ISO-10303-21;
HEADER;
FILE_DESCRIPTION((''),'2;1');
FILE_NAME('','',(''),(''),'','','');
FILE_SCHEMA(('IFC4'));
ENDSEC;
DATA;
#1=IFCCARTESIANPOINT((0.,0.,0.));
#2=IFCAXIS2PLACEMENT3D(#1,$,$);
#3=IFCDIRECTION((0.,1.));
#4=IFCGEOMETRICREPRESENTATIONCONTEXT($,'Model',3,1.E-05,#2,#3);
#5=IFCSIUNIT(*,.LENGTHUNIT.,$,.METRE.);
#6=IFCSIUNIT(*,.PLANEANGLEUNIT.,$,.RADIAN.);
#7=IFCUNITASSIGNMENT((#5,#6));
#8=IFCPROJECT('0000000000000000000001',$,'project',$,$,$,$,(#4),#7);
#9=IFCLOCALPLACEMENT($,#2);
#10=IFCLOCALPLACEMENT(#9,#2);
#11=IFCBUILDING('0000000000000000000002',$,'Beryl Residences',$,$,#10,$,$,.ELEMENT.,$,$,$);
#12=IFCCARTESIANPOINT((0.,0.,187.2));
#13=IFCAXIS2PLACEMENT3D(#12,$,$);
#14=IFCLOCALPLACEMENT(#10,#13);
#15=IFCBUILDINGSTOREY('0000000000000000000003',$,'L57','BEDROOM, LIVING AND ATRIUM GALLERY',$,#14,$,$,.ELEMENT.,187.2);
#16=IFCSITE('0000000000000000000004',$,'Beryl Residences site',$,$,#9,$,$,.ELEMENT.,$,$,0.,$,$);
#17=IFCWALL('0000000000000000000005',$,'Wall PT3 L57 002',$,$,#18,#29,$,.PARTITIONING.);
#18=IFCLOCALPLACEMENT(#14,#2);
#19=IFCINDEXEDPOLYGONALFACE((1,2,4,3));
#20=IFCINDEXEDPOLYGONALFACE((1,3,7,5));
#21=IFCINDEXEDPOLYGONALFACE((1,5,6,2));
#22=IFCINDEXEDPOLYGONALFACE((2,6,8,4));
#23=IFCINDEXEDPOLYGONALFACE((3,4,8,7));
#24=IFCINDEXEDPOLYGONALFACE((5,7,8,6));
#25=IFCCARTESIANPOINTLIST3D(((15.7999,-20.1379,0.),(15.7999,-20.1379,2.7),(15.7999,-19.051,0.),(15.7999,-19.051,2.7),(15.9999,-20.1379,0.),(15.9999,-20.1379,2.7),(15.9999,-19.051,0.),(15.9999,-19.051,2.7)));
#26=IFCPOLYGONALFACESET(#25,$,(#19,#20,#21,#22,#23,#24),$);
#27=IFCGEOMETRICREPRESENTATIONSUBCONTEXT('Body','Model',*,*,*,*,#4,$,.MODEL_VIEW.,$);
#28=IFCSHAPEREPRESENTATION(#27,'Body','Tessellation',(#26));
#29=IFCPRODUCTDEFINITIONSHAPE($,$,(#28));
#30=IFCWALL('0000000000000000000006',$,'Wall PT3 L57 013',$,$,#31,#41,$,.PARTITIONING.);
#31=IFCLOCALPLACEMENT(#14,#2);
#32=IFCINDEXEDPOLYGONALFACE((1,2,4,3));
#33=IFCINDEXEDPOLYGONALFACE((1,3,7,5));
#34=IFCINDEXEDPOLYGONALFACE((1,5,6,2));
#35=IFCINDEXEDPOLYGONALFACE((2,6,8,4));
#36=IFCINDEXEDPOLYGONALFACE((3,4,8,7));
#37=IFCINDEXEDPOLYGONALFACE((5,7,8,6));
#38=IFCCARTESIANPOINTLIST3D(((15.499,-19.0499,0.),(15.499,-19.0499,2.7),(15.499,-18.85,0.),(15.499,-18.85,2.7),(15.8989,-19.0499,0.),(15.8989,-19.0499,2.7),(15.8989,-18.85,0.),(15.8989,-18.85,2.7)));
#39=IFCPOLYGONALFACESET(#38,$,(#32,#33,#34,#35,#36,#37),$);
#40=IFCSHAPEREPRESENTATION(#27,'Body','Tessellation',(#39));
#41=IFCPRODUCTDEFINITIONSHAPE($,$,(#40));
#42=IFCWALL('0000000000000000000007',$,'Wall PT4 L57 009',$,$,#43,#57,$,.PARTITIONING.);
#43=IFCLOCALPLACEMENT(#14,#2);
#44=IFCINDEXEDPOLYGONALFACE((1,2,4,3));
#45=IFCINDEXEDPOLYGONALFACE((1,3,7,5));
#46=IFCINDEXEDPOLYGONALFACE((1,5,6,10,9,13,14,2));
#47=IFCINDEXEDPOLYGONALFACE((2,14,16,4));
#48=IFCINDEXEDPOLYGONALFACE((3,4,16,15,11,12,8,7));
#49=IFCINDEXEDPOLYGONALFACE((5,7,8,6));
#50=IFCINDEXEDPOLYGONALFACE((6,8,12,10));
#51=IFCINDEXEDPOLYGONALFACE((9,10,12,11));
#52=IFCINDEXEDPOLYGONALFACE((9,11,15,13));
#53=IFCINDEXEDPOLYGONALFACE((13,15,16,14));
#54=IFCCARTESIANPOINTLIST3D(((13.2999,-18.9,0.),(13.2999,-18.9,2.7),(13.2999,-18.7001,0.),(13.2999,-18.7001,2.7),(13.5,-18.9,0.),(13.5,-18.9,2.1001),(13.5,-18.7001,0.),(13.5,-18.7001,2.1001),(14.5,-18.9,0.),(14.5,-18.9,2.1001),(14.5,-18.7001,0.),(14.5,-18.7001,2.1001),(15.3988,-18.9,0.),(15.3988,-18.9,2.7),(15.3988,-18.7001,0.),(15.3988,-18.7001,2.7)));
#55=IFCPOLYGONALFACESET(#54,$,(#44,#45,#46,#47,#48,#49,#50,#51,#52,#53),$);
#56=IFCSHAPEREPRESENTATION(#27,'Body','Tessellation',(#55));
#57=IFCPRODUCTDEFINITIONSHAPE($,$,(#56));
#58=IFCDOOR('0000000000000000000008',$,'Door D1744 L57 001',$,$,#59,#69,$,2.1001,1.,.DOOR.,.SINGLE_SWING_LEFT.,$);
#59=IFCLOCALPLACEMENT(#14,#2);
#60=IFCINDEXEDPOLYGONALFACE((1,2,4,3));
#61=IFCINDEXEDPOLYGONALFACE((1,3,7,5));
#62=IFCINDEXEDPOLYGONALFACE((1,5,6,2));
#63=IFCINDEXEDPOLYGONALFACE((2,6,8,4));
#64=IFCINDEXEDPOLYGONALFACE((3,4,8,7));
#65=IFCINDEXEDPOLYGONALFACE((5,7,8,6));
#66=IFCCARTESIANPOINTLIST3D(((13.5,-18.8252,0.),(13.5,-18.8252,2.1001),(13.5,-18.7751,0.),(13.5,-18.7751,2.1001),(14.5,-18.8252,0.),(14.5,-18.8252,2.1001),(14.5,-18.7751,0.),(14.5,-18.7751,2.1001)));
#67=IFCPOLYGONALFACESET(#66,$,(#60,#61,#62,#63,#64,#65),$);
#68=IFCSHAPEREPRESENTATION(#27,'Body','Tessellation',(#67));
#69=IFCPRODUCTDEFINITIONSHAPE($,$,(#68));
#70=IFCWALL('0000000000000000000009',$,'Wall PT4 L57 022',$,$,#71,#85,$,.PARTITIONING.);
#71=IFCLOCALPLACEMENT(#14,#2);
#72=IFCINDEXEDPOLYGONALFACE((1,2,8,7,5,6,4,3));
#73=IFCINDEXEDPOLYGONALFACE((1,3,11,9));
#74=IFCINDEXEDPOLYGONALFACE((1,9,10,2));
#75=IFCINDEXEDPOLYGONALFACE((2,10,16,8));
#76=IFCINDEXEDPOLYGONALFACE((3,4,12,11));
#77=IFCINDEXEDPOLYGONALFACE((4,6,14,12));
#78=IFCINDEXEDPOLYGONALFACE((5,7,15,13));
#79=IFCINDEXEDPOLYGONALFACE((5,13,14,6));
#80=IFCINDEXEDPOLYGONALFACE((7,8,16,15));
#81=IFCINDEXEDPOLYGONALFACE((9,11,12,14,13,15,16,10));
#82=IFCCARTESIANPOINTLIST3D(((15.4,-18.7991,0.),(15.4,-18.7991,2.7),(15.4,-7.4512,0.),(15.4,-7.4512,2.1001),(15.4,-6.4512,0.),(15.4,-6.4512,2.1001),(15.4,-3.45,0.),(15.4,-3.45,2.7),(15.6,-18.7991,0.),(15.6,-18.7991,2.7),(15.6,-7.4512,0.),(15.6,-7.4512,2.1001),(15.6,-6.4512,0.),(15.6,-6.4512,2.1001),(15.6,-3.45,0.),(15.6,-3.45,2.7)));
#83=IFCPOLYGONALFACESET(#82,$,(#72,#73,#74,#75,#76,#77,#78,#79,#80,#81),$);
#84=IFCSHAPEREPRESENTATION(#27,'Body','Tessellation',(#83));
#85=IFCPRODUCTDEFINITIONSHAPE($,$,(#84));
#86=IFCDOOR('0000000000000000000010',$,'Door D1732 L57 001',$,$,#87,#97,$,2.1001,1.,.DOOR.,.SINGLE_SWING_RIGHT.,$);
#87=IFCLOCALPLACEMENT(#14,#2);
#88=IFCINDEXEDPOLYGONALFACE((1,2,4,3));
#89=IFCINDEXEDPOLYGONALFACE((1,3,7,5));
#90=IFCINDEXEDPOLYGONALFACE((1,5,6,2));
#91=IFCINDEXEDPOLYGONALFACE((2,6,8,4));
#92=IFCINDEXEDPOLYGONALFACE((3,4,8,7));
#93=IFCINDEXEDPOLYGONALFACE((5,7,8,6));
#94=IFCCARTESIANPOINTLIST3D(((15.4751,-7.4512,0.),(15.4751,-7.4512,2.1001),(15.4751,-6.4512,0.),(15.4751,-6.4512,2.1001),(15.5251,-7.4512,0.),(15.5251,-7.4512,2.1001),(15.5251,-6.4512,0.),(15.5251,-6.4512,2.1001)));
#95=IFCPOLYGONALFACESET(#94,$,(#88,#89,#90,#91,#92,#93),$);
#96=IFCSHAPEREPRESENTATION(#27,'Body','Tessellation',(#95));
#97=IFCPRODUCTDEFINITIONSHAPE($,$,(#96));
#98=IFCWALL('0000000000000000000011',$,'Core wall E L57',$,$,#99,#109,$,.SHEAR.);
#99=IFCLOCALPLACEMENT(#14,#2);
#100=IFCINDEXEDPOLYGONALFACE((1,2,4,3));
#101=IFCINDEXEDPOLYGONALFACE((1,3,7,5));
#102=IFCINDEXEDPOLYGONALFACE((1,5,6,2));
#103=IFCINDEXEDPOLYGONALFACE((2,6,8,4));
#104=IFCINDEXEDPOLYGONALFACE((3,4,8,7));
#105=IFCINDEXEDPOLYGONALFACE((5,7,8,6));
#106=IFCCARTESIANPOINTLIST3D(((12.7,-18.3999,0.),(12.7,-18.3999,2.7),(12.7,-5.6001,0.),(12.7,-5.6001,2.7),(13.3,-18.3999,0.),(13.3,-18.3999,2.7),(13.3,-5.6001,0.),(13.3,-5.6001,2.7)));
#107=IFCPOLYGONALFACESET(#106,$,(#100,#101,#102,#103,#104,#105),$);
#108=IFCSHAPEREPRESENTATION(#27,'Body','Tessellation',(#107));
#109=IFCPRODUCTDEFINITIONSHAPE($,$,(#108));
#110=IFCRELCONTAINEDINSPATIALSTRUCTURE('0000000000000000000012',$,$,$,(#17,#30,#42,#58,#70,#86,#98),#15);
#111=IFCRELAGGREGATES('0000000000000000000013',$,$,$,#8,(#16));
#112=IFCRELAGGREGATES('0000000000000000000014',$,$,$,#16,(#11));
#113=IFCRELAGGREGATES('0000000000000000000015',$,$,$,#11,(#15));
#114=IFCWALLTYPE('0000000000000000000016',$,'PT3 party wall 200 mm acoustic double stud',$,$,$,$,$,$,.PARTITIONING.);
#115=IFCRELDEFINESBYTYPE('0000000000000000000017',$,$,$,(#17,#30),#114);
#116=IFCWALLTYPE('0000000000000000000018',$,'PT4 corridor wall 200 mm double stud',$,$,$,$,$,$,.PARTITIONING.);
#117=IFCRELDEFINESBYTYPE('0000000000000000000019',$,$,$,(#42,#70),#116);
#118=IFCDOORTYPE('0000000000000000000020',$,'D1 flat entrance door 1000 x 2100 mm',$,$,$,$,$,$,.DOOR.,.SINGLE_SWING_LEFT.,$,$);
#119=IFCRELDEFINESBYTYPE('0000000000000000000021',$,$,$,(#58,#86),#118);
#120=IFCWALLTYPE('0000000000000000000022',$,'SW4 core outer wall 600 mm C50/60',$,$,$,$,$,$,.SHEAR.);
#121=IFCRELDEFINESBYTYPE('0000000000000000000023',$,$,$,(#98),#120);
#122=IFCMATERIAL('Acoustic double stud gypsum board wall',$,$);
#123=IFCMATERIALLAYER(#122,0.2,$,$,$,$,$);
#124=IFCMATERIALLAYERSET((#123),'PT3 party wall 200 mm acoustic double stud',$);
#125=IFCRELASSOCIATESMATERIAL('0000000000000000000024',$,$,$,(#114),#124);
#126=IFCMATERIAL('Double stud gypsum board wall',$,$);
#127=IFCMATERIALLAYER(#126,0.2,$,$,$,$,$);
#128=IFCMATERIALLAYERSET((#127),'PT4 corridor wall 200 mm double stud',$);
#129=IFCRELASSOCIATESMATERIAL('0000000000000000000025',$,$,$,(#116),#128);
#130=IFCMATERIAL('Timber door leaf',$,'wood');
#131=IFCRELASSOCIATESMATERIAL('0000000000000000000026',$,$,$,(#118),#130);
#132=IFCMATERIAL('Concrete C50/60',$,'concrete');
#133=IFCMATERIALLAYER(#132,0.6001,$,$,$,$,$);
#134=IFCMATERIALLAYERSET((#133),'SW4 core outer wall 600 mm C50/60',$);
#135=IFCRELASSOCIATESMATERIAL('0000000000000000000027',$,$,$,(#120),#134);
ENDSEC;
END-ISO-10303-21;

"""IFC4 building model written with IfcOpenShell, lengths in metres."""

from ifc_helpers import new_model, si_unit, direction, frame, frame_2d, origin, place, context, subcontext, project, spatial, rectangle, extrude, material, layer, layer_set, type_object, element, fill, save


model = new_model("IFC4")

# Units and contexts
model_context = context("Model", 3, precision=1e-05, world=origin(), true_north=direction((0.0, 1.0)))
body_context = subcontext(model_context, "Body", "Model", "MODEL_VIEW")
ifc_project = project(units=[si_unit("LENGTHUNIT", "METRE"), si_unit("PLANEANGLEUNIT", "RADIAN")], contexts=[model_context])

# Site, building, storey
site_placement = place(None, origin())
site = spatial("IfcSite", under=ifc_project, at=site_placement, Name="Beryl Residences site", CompositionType="ELEMENT", RefElevation=0.0)
building_placement = place(site_placement, origin())
building = spatial("IfcBuilding", under=site, at=building_placement, Name="Beryl Residences", CompositionType="ELEMENT")
storey_placement = place(building_placement, frame((0.0, 0.0, 187.2)))
storey = spatial("IfcBuildingStorey", under=building, at=storey_placement, Name="L57", Description="BEDROOM, LIVING AND ATRIUM GALLERY", CompositionType="ELEMENT", Elevation=187.2)

# Walls
ifc_material_1 = material(Name="Acoustic double stud gypsum board wall")
ifc_layer_1 = layer(ifc_material_1, 0.2)
ifc_layer_set_1 = layer_set([ifc_layer_1], Name="PT3 party wall 200 mm acoustic double stud")
wall_type_1 = type_object("IfcWallType", Name="PT3 party wall 200 mm acoustic double stud", PredefinedType="PARTITIONING", material=ifc_layer_set_1)
wall_1_placement = place(storey_placement, frame((15.8999, -19.051, 0.0), z_axis=(0.0, 0.0, 1.0), x_axis=(0.0, -1.0, 0.0)))
element("IfcWall", 1, at=wall_1_placement, inside=storey, type_object=wall_type_1, Name="Wall PT3 L57 002", PredefinedType="PARTITIONING", context=body_context, shape_type="SweptSolid", body=[
    extrude(rectangle(XDim=1.0869, YDim=0.2, at=frame_2d((0.5435, 0.0))), origin(), (0.0, 0.0, 1.0), 2.7),
])
wall_2_placement = place(storey_placement, frame((15.499, -18.95, 0.0), z_axis=(0.0, 0.0, 1.0), x_axis=(1.0, 0.0, 0.0)))
element("IfcWall", 2, at=wall_2_placement, inside=storey, type_object=wall_type_1, Name="Wall PT3 L57 013", PredefinedType="PARTITIONING", context=body_context, shape_type="SweptSolid", body=[
    extrude(rectangle(XDim=0.3999, YDim=0.2, at=frame_2d((0.2, 0.0))), origin(), (0.0, 0.0, 1.0), 2.7),
])

# Walls, openings, doors
ifc_material_2 = material(Name="Double stud gypsum board wall")
ifc_layer_2 = layer(ifc_material_2, 0.2)
ifc_layer_set_2 = layer_set([ifc_layer_2], Name="PT4 corridor wall 200 mm double stud")
wall_type_2 = type_object("IfcWallType", Name="PT4 corridor wall 200 mm double stud", PredefinedType="PARTITIONING", material=ifc_layer_set_2)
wall_3_placement = place(storey_placement, frame((13.3, -18.8, 0.0), z_axis=(0.0, 0.0, 1.0), x_axis=(1.0, 0.0, 0.0)))
wall_3 = element("IfcWall", 3, at=wall_3_placement, inside=storey, type_object=wall_type_2, Name="Wall PT4 L57 009", PredefinedType="PARTITIONING", context=body_context, shape_type="SweptSolid", body=[
    extrude(rectangle(XDim=2.0989, YDim=0.2, at=frame_2d((1.0493, 0.0))), origin(), (0.0, 0.0, 1.0), 2.7),
])
opening_1_placement = place(wall_3_placement, frame((0.2, 0.0, 0.0)))
opening_1 = element("IfcOpeningElement", 4, at=opening_1_placement, cuts=wall_3, PredefinedType="OPENING", context=body_context, shape_type="SweptSolid", body=[
    extrude(rectangle(XDim=1.0, YDim=2.1001, at=frame_2d((0.5, 1.05))), frame((0.0, 0.1099, 0.0), z_axis=(0.0, -1.0, 0.0), x_axis=(1.0, 0.0, 0.0)), (0.0, 0.0, 1.0), 0.22),
])
ifc_material_3 = material(Name="Timber door leaf", Category="wood")
door_type = type_object("IfcDoorType", Name="D1 flat entrance door 1000 x 2100 mm", OperationType="SINGLE_SWING_LEFT", PredefinedType="DOOR", material=ifc_material_3)
door_1_placement = place(opening_1_placement, origin())
door_1 = element("IfcDoor", 5, at=door_1_placement, inside=storey, type_object=door_type, Name="Door D1744 L57 001", OperationType="SINGLE_SWING_LEFT", OverallHeight=2.1001, OverallWidth=1.0, PredefinedType="DOOR", context=body_context, shape_type="SweptSolid", body=[
    extrude(rectangle(XDim=1.0, YDim=2.1001, at=frame_2d((0.5, 1.05))), frame((0.0, 0.0249, 0.0), z_axis=(0.0, -1.0, 0.0), x_axis=(1.0, 0.0, 0.0)), (0.0, 0.0, 1.0), 0.05),
])
fill(opening_1, door_1)
wall_4_placement = place(storey_placement, frame((15.5, -18.7991, 0.0), z_axis=(0.0, 0.0, 1.0), x_axis=(0.0, 1.0, 0.0)))
wall_4 = element("IfcWall", 6, at=wall_4_placement, inside=storey, type_object=wall_type_2, Name="Wall PT4 L57 022", PredefinedType="PARTITIONING", context=body_context, shape_type="SweptSolid", body=[
    extrude(rectangle(XDim=15.3491, YDim=0.2, at=frame_2d((7.6746, 0.0))), origin(), (0.0, 0.0, 1.0), 2.7),
])
opening_2_placement = place(wall_4_placement, frame((11.3479, 0.0, 0.0)))
opening_2 = element("IfcOpeningElement", 7, at=opening_2_placement, cuts=wall_4, PredefinedType="OPENING", context=body_context, shape_type="SweptSolid", body=[
    extrude(rectangle(XDim=1.0, YDim=2.1001, at=frame_2d((0.5, 1.05))), frame((0.0, 0.1099, 0.0), z_axis=(0.0, -1.0, 0.0), x_axis=(1.0, 0.0, 0.0)), (0.0, 0.0, 1.0), 0.22),
])
door_2_placement = place(opening_2_placement, origin())
door_2 = element("IfcDoor", 8, at=door_2_placement, inside=storey, type_object=door_type, Name="Door D1732 L57 001", OperationType="SINGLE_SWING_RIGHT", OverallHeight=2.1001, OverallWidth=1.0, PredefinedType="DOOR", context=body_context, shape_type="SweptSolid", body=[
    extrude(rectangle(XDim=1.0, YDim=2.1001, at=frame_2d((0.5, 1.05))), frame((0.0, 0.0249, 0.0), z_axis=(0.0, -1.0, 0.0), x_axis=(1.0, 0.0, 0.0)), (0.0, 0.0, 1.0), 0.05),
])
fill(opening_2, door_2)

# Wall
ifc_material_4 = material(Name="Concrete C50/60", Category="concrete")
ifc_layer_3 = layer(ifc_material_4, 0.6001)
ifc_layer_set_3 = layer_set([ifc_layer_3], Name="SW4 core outer wall 600 mm C50/60")
wall_type_3 = type_object("IfcWallType", Name="SW4 core outer wall 600 mm C50/60", PredefinedType="SHEAR", material=ifc_layer_set_3)
wall_5_placement = place(storey_placement, frame((13.0, -18.3999, 0.0), z_axis=(0.0, 0.0, 1.0), x_axis=(0.0, 1.0, 0.0)))
element("IfcWall", 9, at=wall_5_placement, inside=storey, type_object=wall_type_3, Name="Core wall E L57", PredefinedType="SHEAR", context=body_context, shape_type="SweptSolid", body=[
    extrude(rectangle(XDim=12.7998, YDim=0.6001, at=frame_2d((6.3999, 0.0))), origin(), (0.0, 0.0, 1.0), 2.7),
])

save(model, "model.ifc")
